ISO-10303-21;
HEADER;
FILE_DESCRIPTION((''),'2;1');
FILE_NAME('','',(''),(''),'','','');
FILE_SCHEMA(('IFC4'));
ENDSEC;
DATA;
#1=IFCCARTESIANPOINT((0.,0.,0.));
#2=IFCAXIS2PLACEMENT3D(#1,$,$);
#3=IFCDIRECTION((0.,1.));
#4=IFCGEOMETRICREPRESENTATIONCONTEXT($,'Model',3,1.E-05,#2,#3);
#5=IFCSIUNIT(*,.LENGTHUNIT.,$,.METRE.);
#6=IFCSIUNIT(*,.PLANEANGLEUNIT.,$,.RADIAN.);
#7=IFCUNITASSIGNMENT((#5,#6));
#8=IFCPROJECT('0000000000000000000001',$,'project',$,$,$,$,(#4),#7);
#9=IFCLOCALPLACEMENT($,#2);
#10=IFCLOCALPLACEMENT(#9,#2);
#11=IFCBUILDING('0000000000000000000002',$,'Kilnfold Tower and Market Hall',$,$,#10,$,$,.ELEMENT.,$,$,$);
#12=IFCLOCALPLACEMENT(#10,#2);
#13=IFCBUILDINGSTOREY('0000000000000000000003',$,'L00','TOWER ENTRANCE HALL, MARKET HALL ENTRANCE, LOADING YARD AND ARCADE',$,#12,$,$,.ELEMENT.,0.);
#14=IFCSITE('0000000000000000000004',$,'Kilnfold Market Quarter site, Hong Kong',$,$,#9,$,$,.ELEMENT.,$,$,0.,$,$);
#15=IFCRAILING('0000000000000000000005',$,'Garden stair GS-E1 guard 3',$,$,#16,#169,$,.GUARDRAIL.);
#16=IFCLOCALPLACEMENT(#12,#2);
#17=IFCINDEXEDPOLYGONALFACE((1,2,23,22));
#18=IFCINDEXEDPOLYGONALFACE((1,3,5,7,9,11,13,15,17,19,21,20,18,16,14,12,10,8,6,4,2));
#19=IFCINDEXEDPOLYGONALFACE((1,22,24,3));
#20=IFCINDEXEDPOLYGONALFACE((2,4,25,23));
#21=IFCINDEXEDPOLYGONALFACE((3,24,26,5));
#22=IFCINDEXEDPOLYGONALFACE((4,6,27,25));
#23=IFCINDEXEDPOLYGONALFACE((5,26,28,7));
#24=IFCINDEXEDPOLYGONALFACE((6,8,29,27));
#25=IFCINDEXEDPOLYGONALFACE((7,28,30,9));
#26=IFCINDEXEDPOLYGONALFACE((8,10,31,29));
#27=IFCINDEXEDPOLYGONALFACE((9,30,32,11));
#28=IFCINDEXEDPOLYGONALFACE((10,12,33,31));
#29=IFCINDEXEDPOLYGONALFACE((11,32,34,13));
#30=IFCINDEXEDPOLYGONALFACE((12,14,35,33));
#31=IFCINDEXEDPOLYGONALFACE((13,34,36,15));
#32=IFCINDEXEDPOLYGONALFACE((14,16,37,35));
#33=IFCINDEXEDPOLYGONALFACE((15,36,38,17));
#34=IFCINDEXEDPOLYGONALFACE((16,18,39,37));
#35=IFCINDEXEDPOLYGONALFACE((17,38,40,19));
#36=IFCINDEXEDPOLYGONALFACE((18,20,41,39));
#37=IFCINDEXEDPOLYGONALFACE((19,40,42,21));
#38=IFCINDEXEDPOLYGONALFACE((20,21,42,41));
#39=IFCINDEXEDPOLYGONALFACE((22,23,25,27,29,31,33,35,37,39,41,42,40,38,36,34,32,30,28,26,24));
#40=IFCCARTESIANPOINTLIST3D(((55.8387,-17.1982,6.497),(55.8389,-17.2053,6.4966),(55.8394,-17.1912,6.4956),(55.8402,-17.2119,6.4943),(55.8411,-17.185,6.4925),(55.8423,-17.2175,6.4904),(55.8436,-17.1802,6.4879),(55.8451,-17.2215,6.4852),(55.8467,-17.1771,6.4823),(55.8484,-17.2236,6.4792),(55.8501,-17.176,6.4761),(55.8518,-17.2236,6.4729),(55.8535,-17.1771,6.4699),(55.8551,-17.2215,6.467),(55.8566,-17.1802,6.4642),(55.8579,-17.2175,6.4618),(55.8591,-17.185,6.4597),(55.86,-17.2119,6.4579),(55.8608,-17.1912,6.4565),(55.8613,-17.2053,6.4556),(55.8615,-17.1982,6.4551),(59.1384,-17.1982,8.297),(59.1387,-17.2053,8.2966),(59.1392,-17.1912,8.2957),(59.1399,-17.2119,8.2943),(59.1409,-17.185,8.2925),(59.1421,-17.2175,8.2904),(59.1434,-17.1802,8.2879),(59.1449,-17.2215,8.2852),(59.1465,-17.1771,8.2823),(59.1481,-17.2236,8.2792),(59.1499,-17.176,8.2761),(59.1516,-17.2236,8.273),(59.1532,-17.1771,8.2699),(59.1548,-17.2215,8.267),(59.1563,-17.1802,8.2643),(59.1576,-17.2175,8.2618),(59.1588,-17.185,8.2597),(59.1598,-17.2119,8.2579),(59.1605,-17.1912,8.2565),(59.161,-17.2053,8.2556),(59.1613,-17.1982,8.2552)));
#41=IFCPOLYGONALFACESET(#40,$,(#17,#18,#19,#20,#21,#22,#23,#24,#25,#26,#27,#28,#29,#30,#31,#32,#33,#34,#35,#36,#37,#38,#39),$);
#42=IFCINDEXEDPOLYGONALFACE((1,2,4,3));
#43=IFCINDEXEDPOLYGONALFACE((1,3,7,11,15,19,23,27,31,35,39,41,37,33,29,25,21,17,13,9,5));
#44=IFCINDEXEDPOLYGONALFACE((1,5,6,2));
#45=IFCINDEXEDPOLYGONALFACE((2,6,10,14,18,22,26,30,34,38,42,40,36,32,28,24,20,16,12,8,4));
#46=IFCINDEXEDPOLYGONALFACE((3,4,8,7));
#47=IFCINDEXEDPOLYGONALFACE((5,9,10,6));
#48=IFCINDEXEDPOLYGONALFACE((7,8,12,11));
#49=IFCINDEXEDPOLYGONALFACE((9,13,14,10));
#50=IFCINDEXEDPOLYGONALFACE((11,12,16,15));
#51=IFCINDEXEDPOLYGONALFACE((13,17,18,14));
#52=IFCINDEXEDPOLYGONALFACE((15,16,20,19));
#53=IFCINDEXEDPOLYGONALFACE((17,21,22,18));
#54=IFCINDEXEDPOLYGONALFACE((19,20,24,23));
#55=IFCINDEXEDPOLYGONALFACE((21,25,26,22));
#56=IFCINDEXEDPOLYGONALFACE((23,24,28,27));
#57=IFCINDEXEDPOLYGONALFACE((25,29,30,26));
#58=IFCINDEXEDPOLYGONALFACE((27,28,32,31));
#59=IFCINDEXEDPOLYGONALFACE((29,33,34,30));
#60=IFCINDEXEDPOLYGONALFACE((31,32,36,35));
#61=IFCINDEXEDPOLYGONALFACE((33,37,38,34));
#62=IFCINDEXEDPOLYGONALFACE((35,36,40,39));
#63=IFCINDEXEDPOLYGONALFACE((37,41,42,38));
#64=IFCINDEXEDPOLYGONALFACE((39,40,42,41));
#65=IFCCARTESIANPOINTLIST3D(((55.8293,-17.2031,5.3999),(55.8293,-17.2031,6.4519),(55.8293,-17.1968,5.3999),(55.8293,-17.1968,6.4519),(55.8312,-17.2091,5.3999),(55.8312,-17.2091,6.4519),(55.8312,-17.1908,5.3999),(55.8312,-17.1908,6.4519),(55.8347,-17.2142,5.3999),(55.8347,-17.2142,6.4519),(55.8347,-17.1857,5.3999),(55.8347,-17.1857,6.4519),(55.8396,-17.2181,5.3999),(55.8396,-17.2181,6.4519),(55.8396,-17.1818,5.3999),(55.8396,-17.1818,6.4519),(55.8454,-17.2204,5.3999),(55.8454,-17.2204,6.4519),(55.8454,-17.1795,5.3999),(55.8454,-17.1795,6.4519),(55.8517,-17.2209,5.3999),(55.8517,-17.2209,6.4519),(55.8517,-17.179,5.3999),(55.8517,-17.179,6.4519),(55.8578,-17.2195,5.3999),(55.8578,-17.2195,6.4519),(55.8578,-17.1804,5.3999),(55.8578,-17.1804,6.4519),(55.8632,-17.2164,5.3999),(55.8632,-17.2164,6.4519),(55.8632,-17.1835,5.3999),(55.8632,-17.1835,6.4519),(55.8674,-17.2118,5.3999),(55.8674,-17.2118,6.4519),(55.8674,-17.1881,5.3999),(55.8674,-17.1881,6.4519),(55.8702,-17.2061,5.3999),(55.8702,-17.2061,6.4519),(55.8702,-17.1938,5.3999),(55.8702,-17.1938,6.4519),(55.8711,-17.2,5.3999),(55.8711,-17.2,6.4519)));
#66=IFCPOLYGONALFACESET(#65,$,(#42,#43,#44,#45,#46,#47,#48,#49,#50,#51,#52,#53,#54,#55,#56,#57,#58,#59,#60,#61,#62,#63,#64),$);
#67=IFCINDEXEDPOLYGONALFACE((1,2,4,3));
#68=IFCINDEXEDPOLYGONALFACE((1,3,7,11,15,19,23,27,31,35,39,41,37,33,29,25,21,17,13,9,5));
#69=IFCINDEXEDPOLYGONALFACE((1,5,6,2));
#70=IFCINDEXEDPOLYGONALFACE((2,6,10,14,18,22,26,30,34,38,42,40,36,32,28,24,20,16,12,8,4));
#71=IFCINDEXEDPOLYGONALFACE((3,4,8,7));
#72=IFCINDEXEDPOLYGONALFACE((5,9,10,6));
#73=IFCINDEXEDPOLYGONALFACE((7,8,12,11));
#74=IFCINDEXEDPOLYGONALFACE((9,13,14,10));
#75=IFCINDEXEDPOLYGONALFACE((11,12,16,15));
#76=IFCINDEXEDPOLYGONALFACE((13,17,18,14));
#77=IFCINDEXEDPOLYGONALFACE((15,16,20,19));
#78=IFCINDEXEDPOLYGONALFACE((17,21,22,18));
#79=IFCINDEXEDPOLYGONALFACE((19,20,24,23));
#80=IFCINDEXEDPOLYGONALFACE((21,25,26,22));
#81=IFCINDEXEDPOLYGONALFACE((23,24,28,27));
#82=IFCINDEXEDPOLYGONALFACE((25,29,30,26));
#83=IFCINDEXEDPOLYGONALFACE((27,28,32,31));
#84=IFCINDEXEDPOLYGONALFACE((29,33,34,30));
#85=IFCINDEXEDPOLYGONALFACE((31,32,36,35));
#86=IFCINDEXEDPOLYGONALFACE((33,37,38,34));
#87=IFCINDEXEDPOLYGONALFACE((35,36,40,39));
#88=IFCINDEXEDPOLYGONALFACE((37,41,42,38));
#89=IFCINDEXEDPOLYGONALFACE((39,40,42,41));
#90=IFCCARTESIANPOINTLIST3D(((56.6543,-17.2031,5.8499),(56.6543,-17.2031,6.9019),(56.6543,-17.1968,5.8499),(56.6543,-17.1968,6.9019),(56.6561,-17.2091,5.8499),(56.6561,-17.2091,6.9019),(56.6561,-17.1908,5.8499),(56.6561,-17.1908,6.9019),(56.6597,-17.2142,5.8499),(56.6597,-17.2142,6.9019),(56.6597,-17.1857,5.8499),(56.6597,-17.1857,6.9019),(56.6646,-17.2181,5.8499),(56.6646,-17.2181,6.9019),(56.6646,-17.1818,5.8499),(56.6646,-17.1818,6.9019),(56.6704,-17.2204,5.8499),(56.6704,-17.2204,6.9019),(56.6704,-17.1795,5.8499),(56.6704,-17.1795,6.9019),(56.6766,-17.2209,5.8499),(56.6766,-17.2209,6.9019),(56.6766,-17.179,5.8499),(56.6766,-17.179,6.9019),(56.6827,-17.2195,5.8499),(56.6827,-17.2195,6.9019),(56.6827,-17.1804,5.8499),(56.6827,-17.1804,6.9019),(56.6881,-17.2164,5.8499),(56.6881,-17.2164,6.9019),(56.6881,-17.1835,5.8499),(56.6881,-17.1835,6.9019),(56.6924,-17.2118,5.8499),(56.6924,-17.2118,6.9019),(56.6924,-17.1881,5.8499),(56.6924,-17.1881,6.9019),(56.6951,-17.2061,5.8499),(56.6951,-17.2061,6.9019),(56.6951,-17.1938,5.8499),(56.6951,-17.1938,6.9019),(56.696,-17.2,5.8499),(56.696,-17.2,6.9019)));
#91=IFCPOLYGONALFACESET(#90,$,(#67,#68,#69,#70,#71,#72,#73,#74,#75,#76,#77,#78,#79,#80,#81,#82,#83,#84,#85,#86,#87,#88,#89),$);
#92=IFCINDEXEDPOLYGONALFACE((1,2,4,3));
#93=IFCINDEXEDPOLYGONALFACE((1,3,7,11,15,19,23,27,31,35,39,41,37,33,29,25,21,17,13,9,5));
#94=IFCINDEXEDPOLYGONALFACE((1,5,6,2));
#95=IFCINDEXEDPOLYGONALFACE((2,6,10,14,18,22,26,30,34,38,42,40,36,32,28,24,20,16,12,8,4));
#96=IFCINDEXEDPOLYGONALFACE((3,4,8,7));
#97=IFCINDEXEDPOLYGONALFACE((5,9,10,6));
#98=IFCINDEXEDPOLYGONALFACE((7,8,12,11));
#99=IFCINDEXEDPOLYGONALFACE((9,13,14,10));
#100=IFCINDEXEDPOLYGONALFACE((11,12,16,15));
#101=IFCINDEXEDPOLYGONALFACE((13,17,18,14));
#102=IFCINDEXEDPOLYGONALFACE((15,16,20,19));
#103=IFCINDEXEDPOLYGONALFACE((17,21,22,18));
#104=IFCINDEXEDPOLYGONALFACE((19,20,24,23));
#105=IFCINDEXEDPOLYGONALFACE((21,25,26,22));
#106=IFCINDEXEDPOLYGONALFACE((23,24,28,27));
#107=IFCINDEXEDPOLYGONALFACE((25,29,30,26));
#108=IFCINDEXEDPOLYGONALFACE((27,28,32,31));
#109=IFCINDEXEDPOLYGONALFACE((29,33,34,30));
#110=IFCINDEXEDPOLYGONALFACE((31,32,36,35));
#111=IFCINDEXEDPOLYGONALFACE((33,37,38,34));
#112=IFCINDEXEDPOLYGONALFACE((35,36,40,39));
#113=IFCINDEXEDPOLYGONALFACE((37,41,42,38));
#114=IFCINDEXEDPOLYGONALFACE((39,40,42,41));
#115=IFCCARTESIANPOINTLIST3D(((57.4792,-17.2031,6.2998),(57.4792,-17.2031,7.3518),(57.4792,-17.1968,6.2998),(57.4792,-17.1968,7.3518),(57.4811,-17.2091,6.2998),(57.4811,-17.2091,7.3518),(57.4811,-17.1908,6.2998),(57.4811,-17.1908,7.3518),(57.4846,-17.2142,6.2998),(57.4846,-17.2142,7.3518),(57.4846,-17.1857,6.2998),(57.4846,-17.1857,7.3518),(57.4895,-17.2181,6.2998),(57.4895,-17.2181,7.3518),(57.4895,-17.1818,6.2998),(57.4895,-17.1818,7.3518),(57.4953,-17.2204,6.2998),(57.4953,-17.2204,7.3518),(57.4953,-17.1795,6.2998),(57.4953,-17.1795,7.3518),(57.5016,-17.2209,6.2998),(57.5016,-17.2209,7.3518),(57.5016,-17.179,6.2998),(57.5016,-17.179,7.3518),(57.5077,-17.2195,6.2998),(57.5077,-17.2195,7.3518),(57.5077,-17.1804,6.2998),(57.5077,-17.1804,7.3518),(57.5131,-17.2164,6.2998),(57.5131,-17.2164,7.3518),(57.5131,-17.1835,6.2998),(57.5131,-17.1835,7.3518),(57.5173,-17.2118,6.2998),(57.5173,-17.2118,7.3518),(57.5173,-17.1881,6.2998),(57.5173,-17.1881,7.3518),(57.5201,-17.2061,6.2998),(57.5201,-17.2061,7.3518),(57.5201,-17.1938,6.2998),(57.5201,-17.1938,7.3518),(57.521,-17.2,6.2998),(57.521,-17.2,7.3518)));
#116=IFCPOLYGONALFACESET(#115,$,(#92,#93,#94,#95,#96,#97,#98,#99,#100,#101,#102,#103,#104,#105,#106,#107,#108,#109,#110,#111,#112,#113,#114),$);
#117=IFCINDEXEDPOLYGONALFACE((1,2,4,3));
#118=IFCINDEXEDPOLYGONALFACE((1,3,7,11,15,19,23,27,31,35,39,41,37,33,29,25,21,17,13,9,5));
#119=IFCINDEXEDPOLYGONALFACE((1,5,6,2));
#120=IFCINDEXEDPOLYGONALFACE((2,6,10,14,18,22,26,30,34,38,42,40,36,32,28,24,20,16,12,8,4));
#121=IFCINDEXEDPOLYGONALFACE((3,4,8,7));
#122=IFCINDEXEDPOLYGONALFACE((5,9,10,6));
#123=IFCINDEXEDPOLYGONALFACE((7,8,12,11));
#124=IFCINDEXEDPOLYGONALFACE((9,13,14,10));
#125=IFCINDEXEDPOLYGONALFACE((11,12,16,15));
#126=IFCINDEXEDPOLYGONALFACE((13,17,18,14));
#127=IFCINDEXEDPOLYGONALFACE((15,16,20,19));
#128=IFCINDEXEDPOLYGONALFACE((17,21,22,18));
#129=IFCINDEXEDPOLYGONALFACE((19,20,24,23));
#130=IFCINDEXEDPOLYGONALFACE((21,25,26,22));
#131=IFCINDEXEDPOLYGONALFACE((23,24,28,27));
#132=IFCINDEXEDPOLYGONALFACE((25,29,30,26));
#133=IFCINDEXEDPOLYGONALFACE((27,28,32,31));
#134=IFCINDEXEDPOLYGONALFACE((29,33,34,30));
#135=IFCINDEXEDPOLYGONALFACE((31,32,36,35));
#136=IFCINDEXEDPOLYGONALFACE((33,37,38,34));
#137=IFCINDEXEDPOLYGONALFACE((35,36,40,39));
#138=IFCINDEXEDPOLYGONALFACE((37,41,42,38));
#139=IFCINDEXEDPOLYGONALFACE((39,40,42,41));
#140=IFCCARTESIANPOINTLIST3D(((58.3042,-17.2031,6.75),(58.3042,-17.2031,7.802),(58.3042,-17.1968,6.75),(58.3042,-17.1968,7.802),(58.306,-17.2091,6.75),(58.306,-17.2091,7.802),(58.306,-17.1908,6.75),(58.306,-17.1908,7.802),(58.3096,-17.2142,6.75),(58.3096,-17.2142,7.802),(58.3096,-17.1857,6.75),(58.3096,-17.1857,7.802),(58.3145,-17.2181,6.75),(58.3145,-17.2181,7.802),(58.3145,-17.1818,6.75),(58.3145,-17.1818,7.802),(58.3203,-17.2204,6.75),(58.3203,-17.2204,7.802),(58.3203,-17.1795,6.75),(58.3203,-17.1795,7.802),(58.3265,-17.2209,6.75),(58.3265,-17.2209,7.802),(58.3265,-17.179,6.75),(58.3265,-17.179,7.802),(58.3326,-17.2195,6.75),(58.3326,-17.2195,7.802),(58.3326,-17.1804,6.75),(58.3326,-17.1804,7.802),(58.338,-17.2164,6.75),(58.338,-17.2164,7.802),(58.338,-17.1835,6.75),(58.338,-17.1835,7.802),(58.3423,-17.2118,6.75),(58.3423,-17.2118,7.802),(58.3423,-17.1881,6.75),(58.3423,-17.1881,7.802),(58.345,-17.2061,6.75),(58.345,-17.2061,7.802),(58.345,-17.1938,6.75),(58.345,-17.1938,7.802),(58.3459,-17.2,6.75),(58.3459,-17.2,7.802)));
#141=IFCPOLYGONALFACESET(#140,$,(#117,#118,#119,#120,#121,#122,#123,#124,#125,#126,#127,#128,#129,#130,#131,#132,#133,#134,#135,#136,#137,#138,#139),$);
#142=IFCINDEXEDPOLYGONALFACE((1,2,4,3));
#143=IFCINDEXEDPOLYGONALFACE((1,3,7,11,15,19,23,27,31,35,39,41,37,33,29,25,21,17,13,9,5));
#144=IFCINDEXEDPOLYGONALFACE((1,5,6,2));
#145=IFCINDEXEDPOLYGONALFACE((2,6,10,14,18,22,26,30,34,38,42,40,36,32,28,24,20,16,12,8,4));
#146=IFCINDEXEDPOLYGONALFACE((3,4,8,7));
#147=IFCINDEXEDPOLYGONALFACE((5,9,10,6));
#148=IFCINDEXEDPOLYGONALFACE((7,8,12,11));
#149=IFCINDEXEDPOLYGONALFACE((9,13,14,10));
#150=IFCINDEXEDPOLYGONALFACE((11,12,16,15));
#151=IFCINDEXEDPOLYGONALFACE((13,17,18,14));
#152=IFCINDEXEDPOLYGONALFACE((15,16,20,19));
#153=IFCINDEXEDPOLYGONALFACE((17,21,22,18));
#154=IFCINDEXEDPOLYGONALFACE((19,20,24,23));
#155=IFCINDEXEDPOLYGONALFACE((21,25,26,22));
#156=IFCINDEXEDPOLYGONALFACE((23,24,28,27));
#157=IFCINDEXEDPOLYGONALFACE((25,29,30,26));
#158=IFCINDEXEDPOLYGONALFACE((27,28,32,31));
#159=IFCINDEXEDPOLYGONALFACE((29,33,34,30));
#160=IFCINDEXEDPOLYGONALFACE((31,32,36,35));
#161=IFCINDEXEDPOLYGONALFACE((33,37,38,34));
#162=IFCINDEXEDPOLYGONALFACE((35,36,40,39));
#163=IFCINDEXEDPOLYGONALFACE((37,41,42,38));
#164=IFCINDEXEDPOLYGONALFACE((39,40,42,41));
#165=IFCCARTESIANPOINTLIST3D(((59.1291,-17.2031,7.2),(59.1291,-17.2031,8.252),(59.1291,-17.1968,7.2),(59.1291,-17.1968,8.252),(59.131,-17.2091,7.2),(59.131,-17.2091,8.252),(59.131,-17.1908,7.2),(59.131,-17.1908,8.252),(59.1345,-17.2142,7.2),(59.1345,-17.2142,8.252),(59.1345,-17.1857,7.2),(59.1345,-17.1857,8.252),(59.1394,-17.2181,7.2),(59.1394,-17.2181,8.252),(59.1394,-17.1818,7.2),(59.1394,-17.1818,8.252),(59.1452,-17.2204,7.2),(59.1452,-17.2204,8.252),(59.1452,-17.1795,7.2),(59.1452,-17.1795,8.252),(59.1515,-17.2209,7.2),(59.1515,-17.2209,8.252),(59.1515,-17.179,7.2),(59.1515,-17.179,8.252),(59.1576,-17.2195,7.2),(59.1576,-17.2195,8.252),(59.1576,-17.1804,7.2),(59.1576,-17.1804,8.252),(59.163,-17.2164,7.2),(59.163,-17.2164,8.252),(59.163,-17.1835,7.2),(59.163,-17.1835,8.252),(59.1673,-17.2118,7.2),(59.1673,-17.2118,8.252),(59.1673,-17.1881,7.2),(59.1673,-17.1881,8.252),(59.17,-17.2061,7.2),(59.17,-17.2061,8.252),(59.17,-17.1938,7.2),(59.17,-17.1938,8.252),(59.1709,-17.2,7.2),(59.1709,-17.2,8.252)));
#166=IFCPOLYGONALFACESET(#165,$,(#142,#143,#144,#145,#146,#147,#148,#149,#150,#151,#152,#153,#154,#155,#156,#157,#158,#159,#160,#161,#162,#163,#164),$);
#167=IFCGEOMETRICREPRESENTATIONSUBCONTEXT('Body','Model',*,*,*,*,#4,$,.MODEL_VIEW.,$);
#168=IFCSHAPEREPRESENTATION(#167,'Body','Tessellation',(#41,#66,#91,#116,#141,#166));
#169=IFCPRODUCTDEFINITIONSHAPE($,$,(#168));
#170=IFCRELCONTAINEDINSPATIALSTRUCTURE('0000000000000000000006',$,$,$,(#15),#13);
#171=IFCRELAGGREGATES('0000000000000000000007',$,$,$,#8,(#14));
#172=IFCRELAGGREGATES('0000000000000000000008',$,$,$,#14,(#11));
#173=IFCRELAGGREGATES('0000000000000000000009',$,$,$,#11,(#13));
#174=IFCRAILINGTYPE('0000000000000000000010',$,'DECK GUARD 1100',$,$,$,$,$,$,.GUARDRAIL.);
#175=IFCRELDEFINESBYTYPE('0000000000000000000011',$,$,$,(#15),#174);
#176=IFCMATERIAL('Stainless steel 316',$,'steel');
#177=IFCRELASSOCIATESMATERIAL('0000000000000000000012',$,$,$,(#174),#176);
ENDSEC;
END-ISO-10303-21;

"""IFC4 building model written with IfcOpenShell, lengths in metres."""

from ifc_helpers import new_model, si_unit, direction, frame, origin, origin_2d, place, context, subcontext, project, spatial, circle, extrude, material, type_object, element, save


model = new_model("IFC4")

# Units and contexts
model_context = context("Model", 3, precision=1e-05, world=origin(), true_north=direction((0.0, 1.0)))
body_context = subcontext(model_context, "Body", "Model", "MODEL_VIEW")
ifc_project = project(units=[si_unit("LENGTHUNIT", "METRE"), si_unit("PLANEANGLEUNIT", "RADIAN")], contexts=[model_context])

# Site, building, storey
site_placement = place(None, origin())
site = spatial("IfcSite", under=ifc_project, at=site_placement, Name="Kilnfold Market Quarter site, Hong Kong", CompositionType="ELEMENT", RefElevation=0.0)
building_placement = place(site_placement, origin())
building = spatial("IfcBuilding", under=site, at=building_placement, Name="Kilnfold Tower and Market Hall", CompositionType="ELEMENT")
storey_placement = place(building_placement, origin())
storey = spatial("IfcBuildingStorey", under=building, at=storey_placement, Name="L00", Description="TOWER ENTRANCE HALL, MARKET HALL ENTRANCE, LOADING YARD AND ARCADE", CompositionType="ELEMENT", Elevation=0.0)

# Railing
ifc_material_1 = material(Name="Stainless steel 316", Category="steel")
railing_type_1 = type_object("IfcRailingType", Name="DECK GUARD 1100", PredefinedType="GUARDRAIL", material=ifc_material_1)
railing_1_placement = place(storey_placement, frame((55.8501, -17.2, 5.3999)))
element("IfcRailing", 1, at=railing_1_placement, inside=storey, type_object=railing_type_1, Name="Garden stair GS-E1 guard 3", PredefinedType="GUARDRAIL", context=body_context, shape_type="SweptSolid", body=[
    extrude(circle(Radius=0.0239, at=origin_2d()), frame((0.0, 0.0, 1.0762), z_axis=(0.877878, 0.0, 0.478884), x_axis=(0.0, 1.0, 0.0)), (0.0, 0.0, 1.0), 3.7588),
    extrude(circle(Radius=0.021, at=origin_2d()), origin(), (0.0, 0.0, 1.0), 1.052),
    extrude(circle(Radius=0.021, at=origin_2d()), frame((0.825, 0.0, 0.45)), (0.0, 0.0, 1.0), 1.052),
    extrude(circle(Radius=0.021, at=origin_2d()), frame((1.6499, 0.0, 0.8999)), (0.0, 0.0, 1.0), 1.052),
    extrude(circle(Radius=0.021, at=origin_2d()), frame((2.4749, 0.0, 1.3501)), (0.0, 0.0, 1.0), 1.052),
    extrude(circle(Radius=0.021, at=origin_2d()), frame((3.2998, 0.0, 1.8)), (0.0, 0.0, 1.0), 1.052),
])

save(model, "model.ifc")
